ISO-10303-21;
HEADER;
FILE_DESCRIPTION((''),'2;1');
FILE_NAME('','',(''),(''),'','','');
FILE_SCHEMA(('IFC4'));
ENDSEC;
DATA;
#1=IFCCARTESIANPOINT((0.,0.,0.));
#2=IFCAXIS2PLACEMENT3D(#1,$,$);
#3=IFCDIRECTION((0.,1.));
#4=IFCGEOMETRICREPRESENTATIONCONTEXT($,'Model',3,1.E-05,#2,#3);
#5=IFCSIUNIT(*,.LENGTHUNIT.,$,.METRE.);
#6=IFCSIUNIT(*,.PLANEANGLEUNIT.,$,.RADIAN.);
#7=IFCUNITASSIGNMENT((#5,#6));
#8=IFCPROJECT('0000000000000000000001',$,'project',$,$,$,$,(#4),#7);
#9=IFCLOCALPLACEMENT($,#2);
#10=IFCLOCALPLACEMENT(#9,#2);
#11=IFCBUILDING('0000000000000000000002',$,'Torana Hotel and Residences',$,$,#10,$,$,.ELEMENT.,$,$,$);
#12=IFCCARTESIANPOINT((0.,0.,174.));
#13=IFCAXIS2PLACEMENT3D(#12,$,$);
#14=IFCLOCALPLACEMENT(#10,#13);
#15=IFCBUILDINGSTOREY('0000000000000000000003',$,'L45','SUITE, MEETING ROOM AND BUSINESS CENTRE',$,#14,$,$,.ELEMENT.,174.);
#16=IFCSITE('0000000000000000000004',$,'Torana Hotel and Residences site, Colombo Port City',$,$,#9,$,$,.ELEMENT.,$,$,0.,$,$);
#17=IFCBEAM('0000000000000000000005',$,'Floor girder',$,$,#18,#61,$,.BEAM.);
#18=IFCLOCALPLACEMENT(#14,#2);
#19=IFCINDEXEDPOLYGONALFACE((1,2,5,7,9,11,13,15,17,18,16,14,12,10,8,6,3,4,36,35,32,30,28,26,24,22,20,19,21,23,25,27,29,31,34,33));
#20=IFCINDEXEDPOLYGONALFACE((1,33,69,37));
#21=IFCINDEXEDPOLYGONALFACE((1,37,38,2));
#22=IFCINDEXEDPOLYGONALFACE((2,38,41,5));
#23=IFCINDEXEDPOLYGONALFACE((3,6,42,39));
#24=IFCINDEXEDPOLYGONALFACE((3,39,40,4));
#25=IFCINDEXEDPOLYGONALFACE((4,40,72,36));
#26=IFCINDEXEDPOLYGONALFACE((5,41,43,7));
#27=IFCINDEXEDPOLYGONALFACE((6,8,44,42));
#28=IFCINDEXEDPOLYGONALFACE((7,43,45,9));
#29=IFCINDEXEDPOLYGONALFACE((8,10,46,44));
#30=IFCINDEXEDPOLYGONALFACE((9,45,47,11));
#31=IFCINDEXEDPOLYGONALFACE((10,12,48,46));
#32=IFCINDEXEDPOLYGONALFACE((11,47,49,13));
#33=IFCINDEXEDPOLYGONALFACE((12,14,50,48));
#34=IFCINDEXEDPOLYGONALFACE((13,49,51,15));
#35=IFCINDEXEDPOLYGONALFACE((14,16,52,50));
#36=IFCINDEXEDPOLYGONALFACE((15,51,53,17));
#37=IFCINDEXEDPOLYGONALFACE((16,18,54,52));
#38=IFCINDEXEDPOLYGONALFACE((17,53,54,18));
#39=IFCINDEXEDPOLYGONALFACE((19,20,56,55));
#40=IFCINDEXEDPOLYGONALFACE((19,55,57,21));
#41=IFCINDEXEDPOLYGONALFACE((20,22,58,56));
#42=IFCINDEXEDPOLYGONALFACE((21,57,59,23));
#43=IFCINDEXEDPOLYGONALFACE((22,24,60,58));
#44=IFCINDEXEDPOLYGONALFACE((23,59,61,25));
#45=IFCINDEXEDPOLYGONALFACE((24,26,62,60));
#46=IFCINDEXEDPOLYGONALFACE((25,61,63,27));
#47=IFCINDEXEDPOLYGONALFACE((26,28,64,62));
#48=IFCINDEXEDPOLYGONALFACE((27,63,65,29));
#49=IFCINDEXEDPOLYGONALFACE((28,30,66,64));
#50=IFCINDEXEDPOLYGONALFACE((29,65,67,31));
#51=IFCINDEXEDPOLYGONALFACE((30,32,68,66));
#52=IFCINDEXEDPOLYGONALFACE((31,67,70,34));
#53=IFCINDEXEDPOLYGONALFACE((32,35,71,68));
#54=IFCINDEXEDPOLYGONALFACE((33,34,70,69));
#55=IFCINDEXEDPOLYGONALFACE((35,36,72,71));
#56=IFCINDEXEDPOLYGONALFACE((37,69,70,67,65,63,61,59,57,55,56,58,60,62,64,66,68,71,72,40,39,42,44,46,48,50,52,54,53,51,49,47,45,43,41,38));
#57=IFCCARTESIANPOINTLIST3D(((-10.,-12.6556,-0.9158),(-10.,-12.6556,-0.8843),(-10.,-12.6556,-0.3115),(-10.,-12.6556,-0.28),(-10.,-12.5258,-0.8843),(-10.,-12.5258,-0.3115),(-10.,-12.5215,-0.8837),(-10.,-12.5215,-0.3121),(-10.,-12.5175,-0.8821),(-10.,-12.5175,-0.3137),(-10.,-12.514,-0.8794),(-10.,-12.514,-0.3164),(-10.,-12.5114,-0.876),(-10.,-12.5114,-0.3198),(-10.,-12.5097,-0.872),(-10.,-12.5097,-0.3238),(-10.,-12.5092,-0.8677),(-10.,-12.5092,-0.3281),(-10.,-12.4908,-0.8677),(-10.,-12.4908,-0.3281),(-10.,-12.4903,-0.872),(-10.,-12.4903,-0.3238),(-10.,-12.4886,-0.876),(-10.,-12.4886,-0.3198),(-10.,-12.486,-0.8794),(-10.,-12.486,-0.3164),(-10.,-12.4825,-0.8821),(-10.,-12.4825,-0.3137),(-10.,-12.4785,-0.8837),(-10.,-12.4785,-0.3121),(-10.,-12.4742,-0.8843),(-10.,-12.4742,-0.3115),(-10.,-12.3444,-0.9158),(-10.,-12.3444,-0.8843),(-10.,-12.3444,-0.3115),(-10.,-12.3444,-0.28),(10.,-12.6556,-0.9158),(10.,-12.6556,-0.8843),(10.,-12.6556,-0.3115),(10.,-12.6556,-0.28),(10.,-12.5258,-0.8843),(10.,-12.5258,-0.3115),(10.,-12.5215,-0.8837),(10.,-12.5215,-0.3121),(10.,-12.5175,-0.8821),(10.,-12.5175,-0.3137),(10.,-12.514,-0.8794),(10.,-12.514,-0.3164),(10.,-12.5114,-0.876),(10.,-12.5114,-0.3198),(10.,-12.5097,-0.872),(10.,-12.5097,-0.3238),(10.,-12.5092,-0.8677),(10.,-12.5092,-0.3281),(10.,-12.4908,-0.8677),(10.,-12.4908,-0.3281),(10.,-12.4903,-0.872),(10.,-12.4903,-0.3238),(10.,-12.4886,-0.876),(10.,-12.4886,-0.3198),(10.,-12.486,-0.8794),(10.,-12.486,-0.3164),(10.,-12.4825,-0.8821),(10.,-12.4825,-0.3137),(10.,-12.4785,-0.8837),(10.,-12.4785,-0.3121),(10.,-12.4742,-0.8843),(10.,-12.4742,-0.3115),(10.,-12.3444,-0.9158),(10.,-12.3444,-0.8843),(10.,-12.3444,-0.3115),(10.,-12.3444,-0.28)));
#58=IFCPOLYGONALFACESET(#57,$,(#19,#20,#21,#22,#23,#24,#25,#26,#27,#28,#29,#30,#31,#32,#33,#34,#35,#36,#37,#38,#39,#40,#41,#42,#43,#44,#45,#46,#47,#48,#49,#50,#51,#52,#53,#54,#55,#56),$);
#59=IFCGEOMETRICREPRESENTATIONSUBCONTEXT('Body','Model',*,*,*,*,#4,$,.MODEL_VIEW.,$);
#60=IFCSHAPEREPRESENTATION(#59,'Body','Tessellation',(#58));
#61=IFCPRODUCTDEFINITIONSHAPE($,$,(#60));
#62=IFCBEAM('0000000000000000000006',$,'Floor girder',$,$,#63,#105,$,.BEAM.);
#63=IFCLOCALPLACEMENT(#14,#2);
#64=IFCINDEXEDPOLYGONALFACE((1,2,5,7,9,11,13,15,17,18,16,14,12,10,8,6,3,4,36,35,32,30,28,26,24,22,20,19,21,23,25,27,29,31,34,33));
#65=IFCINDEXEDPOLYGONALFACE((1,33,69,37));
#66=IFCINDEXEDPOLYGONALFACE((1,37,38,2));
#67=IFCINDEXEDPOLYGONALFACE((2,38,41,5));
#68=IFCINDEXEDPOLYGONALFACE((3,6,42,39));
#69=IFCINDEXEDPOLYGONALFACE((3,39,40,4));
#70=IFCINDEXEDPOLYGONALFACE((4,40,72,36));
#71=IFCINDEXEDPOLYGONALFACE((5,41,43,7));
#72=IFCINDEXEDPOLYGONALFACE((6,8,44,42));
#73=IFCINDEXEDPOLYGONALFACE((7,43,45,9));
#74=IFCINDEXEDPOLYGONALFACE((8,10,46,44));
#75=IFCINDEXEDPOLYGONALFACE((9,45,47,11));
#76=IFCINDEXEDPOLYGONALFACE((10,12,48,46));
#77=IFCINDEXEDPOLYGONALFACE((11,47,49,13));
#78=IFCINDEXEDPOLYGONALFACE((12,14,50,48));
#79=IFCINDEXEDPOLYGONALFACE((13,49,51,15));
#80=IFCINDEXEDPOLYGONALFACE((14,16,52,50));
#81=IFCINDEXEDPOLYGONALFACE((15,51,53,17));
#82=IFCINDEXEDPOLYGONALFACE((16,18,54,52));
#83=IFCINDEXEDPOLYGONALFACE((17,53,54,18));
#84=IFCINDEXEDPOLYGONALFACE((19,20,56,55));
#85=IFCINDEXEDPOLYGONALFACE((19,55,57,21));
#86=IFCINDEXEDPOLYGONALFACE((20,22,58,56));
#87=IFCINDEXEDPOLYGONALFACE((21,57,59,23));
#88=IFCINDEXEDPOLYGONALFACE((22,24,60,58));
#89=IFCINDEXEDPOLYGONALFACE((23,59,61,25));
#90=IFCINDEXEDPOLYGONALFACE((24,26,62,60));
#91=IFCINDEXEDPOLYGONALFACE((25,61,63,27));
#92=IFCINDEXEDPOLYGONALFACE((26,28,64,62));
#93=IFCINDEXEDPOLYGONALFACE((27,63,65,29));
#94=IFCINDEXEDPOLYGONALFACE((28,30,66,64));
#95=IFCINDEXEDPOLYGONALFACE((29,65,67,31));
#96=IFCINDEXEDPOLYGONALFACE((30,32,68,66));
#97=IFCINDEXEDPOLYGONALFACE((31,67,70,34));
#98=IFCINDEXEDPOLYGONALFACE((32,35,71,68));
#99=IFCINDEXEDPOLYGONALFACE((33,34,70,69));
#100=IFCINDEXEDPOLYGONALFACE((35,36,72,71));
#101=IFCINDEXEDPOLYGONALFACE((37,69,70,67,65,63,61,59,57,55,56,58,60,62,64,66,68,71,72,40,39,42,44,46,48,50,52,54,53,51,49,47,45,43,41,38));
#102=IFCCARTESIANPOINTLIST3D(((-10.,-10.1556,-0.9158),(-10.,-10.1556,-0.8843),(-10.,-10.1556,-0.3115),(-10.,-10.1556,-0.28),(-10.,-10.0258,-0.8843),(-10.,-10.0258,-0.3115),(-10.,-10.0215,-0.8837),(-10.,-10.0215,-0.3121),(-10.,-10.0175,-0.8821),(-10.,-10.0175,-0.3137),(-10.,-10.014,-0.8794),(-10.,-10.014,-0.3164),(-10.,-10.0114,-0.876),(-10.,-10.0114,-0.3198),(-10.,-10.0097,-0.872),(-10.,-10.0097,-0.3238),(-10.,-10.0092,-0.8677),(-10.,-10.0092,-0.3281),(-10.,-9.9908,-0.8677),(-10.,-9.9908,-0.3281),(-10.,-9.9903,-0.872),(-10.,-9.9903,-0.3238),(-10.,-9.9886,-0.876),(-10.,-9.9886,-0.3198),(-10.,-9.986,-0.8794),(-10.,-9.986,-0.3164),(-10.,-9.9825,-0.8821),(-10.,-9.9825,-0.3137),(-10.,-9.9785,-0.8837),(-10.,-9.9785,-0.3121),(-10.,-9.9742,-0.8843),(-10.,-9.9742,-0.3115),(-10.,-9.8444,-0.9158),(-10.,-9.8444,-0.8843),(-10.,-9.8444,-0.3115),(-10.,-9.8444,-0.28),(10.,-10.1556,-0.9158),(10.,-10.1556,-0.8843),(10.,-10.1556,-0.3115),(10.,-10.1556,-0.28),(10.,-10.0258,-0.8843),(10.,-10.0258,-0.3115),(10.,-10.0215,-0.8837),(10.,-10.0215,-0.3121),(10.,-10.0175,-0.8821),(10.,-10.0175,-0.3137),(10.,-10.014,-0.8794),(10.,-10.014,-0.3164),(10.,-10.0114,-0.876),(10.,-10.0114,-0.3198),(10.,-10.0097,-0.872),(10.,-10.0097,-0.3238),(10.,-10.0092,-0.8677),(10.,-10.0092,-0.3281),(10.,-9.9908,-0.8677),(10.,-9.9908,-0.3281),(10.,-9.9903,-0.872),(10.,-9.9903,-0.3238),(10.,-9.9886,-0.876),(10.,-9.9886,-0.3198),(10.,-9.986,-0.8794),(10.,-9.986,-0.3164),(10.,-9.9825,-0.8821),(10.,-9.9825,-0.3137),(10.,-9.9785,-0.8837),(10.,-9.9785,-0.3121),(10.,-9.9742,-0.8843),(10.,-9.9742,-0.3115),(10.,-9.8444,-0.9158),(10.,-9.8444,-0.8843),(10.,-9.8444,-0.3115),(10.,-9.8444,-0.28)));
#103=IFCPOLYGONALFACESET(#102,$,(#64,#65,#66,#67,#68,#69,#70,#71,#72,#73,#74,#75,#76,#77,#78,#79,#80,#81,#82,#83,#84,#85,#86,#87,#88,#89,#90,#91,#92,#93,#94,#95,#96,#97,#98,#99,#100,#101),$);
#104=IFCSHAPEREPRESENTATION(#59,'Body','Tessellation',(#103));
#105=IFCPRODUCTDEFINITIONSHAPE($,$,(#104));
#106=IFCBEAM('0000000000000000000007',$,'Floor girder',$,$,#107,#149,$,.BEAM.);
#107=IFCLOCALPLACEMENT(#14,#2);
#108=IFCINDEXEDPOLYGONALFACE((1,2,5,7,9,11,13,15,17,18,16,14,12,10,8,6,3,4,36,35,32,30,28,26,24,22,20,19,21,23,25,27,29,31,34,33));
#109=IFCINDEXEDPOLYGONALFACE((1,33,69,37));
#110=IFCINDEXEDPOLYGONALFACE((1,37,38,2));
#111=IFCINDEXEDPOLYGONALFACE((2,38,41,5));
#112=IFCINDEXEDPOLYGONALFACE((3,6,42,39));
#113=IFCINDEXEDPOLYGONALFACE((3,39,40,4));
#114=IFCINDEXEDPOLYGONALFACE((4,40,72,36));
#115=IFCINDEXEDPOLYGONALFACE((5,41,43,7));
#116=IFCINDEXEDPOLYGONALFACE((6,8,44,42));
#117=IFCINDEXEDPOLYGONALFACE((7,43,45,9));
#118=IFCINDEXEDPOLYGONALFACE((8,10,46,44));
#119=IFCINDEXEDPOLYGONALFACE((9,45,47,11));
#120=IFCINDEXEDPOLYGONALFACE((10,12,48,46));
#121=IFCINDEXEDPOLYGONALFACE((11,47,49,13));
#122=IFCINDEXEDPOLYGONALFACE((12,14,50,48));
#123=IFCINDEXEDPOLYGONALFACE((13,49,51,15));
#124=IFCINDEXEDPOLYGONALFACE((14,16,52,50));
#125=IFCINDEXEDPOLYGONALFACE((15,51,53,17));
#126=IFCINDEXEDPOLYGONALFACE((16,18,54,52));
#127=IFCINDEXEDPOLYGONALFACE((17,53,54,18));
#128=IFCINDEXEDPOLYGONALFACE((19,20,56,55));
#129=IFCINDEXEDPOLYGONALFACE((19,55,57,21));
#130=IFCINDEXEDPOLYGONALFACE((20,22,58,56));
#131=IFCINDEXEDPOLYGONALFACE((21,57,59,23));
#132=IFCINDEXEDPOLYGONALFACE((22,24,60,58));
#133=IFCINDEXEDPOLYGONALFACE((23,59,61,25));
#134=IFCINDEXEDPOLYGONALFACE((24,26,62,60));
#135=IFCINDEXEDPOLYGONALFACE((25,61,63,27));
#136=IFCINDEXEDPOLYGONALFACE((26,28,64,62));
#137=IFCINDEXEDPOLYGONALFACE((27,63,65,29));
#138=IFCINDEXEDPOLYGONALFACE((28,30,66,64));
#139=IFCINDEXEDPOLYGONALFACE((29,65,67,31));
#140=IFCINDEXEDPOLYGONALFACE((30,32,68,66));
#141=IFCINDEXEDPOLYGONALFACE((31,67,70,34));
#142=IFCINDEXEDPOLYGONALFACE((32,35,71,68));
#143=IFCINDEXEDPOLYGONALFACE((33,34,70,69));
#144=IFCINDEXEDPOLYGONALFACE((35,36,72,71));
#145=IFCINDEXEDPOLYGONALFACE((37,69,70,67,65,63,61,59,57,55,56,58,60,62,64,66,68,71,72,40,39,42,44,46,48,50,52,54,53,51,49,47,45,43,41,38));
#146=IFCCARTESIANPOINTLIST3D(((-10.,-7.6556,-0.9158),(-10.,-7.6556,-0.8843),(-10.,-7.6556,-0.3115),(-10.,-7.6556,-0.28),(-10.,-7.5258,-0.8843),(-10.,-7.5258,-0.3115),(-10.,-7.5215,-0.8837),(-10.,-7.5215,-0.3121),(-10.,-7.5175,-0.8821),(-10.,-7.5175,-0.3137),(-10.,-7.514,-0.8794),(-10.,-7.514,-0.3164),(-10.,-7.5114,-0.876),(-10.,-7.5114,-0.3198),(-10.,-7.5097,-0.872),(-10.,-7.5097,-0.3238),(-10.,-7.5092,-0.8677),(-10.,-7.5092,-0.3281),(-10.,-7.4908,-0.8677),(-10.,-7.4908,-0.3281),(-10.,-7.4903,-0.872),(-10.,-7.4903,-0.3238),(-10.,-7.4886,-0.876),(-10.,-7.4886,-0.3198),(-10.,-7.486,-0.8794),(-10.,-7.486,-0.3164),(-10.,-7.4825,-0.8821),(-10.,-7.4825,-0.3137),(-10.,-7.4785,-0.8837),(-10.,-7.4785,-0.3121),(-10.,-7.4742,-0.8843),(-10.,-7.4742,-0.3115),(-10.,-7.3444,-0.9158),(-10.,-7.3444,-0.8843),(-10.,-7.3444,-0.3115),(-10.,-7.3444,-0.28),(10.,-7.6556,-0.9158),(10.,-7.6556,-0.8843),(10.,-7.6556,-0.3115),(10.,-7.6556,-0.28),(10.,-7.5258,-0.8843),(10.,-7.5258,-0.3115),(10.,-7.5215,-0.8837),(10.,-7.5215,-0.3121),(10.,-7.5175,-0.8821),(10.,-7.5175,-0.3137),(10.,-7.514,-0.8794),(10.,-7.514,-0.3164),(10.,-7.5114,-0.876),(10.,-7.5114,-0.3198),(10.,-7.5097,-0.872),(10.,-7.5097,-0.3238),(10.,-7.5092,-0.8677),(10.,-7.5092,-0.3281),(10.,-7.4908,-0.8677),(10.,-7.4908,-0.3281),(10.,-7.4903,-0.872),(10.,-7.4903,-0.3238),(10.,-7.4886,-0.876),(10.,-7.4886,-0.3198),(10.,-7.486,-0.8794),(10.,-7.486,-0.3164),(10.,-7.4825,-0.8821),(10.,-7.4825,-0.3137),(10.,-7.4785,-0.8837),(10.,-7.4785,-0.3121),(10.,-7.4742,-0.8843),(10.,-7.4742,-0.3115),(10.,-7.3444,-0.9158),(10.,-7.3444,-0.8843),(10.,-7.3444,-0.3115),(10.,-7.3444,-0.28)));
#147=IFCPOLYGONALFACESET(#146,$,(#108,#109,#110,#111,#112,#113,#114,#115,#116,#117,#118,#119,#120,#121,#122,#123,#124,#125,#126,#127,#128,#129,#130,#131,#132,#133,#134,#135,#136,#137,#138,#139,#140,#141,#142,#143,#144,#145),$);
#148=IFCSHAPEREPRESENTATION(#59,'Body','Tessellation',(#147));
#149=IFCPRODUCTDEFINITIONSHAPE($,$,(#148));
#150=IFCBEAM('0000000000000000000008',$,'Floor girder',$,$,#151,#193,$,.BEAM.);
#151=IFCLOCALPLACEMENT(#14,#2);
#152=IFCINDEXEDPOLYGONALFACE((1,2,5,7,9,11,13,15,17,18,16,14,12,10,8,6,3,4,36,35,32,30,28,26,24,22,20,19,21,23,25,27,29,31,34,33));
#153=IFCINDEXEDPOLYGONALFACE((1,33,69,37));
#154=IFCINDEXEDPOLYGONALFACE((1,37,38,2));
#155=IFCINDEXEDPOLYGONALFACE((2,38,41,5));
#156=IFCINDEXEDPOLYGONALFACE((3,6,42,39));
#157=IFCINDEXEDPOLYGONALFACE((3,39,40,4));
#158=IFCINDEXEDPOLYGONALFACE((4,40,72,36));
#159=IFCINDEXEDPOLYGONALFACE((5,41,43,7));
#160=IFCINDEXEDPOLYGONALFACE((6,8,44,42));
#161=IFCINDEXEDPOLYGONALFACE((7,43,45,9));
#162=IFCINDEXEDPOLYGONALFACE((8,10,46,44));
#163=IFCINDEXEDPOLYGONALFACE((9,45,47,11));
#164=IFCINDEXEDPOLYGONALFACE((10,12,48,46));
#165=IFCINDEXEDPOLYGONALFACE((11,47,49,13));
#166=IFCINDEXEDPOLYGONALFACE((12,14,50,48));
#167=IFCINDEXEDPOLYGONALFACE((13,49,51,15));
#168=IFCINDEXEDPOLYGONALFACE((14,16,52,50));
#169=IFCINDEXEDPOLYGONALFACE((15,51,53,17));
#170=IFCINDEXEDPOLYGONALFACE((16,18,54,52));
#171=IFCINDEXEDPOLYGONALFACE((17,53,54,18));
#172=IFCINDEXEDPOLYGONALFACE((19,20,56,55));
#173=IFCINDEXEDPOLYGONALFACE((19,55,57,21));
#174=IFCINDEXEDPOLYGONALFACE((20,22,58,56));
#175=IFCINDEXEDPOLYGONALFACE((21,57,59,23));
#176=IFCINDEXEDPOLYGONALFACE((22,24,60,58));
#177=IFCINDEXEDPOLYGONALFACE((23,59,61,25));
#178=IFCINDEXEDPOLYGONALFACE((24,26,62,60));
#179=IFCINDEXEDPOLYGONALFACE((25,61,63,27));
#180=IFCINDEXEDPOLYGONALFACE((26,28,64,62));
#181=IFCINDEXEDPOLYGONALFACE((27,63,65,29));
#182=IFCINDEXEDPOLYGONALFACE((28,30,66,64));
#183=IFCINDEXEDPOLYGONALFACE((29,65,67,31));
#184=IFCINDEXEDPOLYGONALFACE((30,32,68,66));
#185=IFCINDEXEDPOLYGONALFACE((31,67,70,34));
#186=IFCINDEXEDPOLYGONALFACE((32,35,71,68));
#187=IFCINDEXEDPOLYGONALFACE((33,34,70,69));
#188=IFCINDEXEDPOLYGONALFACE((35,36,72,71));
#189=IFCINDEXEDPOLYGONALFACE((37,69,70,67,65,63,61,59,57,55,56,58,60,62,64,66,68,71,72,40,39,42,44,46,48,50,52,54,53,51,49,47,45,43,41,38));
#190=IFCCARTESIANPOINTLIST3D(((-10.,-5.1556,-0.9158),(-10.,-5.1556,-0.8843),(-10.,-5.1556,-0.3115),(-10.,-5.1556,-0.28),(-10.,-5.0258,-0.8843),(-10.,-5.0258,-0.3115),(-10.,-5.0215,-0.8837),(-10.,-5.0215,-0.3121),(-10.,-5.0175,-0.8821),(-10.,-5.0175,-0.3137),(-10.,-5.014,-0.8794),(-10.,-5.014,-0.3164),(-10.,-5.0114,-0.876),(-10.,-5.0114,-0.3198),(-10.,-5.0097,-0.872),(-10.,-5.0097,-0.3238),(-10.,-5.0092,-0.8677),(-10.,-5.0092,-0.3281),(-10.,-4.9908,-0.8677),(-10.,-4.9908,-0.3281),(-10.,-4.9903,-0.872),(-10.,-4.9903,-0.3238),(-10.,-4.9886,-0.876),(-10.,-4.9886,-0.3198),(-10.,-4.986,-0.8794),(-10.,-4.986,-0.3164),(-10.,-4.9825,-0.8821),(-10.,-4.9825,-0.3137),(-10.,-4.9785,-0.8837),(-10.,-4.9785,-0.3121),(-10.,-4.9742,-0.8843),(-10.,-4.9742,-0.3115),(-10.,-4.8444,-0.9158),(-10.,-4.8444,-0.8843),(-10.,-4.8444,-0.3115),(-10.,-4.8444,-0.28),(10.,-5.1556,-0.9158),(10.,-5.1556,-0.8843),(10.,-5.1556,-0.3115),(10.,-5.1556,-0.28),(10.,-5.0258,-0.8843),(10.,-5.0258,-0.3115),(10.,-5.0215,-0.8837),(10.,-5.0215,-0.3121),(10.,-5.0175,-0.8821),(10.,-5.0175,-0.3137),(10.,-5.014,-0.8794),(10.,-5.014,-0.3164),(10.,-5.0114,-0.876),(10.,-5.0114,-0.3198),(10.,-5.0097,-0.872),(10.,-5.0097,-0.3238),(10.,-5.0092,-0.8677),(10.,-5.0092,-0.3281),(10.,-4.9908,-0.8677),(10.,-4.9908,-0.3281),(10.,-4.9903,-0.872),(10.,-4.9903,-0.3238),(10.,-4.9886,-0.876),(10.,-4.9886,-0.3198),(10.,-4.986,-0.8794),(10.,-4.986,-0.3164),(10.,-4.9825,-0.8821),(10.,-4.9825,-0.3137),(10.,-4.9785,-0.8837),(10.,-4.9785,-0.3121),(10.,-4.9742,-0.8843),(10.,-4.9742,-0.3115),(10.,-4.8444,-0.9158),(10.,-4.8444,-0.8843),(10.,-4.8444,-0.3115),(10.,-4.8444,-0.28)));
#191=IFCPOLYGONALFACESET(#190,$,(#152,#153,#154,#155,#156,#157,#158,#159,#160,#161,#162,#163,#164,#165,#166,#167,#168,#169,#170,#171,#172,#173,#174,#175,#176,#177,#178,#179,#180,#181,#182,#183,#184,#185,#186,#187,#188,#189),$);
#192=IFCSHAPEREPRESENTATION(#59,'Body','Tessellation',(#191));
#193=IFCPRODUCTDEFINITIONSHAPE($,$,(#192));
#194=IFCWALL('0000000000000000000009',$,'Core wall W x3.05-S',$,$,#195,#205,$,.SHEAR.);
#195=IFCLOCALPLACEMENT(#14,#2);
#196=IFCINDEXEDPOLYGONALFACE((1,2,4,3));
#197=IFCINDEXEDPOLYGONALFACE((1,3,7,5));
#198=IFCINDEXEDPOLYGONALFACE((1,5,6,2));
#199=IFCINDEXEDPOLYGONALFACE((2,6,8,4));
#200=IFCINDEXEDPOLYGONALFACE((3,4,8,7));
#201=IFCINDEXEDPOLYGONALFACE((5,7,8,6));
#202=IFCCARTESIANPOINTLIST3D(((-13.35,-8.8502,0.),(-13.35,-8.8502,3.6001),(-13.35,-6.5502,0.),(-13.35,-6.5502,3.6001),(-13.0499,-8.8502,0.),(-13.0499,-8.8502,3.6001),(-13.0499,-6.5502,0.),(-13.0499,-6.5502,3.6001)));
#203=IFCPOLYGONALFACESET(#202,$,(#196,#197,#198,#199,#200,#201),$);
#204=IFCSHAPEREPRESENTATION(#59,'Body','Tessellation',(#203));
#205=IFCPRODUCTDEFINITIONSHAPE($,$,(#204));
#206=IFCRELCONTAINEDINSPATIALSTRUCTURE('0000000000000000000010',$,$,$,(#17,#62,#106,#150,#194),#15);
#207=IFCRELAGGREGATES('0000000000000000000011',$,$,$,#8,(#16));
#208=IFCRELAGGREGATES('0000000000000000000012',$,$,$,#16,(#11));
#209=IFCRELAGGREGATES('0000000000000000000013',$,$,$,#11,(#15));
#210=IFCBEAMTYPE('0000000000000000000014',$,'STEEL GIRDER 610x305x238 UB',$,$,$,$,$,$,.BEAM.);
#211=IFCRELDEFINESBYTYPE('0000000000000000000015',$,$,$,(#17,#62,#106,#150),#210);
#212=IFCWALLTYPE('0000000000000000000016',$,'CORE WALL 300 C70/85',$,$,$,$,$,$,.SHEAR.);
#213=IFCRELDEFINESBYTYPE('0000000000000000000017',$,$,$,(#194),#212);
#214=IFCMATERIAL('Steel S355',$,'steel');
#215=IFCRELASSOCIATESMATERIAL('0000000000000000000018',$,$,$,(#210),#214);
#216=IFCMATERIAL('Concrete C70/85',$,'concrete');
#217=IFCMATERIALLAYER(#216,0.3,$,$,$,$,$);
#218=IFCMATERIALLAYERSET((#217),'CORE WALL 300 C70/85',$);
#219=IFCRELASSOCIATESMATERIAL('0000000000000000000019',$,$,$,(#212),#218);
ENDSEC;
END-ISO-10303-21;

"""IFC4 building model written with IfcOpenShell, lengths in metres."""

from ifc_helpers import new_model, si_unit, direction, frame, frame_2d, origin, origin_2d, place, context, subcontext, project, spatial, rectangle, i_section, extrude, material, layer, layer_set, material_profile, profile_set, type_object, element, save


model = new_model("IFC4")

# Units and contexts
model_context = context("Model", 3, precision=1e-05, world=origin(), true_north=direction((0.0, 1.0)))
body_context = subcontext(model_context, "Body", "Model", "MODEL_VIEW")
ifc_project = project(units=[si_unit("LENGTHUNIT", "METRE"), si_unit("PLANEANGLEUNIT", "RADIAN")], contexts=[model_context])

# Site, building, storey
site_placement = place(None, origin())
site = spatial("IfcSite", under=ifc_project, at=site_placement, Name="Torana Hotel and Residences site, Colombo Port City", CompositionType="ELEMENT", RefElevation=0.0)
building_placement = place(site_placement, origin())
building = spatial("IfcBuilding", under=site, at=building_placement, Name="Torana Hotel and Residences", CompositionType="ELEMENT")
storey_placement = place(building_placement, frame((0.0, 0.0, 174.0)))
storey = spatial("IfcBuildingStorey", under=building, at=storey_placement, Name="L45", Description="SUITE, MEETING ROOM AND BUSINESS CENTRE", CompositionType="ELEMENT", Elevation=174.0)

# Beams
ifc_material_1 = material(Name="Steel S355", Category="steel")
ifc_material_profile = material_profile(ifc_material_1, i_section(OverallWidth=0.3113, OverallDepth=0.6357, WebThickness=0.0183, FlangeThickness=0.0315, FilletRadius=0.0166, at=origin_2d()), Name="610x305x238 UB")
ifc_profile_set = profile_set([ifc_material_profile], Name="Steel S355")
beam_type = type_object("IfcBeamType", Name="STEEL GIRDER 610x305x238 UB", PredefinedType="BEAM", material=ifc_profile_set)
for number, where, z_axis, x_axis, name in (
    (1, (-10.0, -12.5, -0.5979), (1.0, 0.0, 0.0), (0.0, 1.0, 0.0), "Floor girder"),
    (2, (-10.0, -10.0, -0.5979), (1.0, 0.0, 0.0), (0.0, 1.0, 0.0), "Floor girder"),
    (3, (-10.0, -7.5, -0.5979), (1.0, 0.0, 0.0), (0.0, 1.0, 0.0), "Floor girder"),
    (4, (-10.0, -5.0, -0.5979), (1.0, 0.0, 0.0), (0.0, 1.0, 0.0), "Floor girder"),
):
    element("IfcBeam", number, at=place(storey_placement, frame(where, z_axis=z_axis, x_axis=x_axis)), inside=storey, type_object=beam_type, Name=name, PredefinedType="BEAM", context=body_context, shape_type="SweptSolid", body=[
        extrude(i_section(OverallWidth=0.3113, OverallDepth=0.6357, WebThickness=0.0183, FlangeThickness=0.0315, FilletRadius=0.0166, at=origin_2d()), origin(), (0.0, 0.0, 1.0), 20.0),
    ])

# Wall
ifc_material_2 = material(Name="Concrete C70/85", Category="concrete")
ifc_layer_1 = layer(ifc_material_2, 0.3)
ifc_layer_set_1 = layer_set([ifc_layer_1], Name="CORE WALL 300 C70/85")
wall_type_1 = type_object("IfcWallType", Name="CORE WALL 300 C70/85", PredefinedType="SHEAR", material=ifc_layer_set_1)
wall_1_placement = place(storey_placement, frame((-13.2, -8.8501, 0.0), z_axis=(0.0, 0.0, 1.0), x_axis=(0.0, 1.0, 0.0)))
element("IfcWall", 5, at=wall_1_placement, inside=storey, type_object=wall_type_1, Name="Core wall W x3.05-S", PredefinedType="SHEAR", context=body_context, shape_type="SweptSolid", body=[
    extrude(rectangle(XDim=2.3, YDim=0.3, at=frame_2d((1.1499, 0.0))), origin(), (0.0, 0.0, 1.0), 3.6001),
])

save(model, "model.ifc")
